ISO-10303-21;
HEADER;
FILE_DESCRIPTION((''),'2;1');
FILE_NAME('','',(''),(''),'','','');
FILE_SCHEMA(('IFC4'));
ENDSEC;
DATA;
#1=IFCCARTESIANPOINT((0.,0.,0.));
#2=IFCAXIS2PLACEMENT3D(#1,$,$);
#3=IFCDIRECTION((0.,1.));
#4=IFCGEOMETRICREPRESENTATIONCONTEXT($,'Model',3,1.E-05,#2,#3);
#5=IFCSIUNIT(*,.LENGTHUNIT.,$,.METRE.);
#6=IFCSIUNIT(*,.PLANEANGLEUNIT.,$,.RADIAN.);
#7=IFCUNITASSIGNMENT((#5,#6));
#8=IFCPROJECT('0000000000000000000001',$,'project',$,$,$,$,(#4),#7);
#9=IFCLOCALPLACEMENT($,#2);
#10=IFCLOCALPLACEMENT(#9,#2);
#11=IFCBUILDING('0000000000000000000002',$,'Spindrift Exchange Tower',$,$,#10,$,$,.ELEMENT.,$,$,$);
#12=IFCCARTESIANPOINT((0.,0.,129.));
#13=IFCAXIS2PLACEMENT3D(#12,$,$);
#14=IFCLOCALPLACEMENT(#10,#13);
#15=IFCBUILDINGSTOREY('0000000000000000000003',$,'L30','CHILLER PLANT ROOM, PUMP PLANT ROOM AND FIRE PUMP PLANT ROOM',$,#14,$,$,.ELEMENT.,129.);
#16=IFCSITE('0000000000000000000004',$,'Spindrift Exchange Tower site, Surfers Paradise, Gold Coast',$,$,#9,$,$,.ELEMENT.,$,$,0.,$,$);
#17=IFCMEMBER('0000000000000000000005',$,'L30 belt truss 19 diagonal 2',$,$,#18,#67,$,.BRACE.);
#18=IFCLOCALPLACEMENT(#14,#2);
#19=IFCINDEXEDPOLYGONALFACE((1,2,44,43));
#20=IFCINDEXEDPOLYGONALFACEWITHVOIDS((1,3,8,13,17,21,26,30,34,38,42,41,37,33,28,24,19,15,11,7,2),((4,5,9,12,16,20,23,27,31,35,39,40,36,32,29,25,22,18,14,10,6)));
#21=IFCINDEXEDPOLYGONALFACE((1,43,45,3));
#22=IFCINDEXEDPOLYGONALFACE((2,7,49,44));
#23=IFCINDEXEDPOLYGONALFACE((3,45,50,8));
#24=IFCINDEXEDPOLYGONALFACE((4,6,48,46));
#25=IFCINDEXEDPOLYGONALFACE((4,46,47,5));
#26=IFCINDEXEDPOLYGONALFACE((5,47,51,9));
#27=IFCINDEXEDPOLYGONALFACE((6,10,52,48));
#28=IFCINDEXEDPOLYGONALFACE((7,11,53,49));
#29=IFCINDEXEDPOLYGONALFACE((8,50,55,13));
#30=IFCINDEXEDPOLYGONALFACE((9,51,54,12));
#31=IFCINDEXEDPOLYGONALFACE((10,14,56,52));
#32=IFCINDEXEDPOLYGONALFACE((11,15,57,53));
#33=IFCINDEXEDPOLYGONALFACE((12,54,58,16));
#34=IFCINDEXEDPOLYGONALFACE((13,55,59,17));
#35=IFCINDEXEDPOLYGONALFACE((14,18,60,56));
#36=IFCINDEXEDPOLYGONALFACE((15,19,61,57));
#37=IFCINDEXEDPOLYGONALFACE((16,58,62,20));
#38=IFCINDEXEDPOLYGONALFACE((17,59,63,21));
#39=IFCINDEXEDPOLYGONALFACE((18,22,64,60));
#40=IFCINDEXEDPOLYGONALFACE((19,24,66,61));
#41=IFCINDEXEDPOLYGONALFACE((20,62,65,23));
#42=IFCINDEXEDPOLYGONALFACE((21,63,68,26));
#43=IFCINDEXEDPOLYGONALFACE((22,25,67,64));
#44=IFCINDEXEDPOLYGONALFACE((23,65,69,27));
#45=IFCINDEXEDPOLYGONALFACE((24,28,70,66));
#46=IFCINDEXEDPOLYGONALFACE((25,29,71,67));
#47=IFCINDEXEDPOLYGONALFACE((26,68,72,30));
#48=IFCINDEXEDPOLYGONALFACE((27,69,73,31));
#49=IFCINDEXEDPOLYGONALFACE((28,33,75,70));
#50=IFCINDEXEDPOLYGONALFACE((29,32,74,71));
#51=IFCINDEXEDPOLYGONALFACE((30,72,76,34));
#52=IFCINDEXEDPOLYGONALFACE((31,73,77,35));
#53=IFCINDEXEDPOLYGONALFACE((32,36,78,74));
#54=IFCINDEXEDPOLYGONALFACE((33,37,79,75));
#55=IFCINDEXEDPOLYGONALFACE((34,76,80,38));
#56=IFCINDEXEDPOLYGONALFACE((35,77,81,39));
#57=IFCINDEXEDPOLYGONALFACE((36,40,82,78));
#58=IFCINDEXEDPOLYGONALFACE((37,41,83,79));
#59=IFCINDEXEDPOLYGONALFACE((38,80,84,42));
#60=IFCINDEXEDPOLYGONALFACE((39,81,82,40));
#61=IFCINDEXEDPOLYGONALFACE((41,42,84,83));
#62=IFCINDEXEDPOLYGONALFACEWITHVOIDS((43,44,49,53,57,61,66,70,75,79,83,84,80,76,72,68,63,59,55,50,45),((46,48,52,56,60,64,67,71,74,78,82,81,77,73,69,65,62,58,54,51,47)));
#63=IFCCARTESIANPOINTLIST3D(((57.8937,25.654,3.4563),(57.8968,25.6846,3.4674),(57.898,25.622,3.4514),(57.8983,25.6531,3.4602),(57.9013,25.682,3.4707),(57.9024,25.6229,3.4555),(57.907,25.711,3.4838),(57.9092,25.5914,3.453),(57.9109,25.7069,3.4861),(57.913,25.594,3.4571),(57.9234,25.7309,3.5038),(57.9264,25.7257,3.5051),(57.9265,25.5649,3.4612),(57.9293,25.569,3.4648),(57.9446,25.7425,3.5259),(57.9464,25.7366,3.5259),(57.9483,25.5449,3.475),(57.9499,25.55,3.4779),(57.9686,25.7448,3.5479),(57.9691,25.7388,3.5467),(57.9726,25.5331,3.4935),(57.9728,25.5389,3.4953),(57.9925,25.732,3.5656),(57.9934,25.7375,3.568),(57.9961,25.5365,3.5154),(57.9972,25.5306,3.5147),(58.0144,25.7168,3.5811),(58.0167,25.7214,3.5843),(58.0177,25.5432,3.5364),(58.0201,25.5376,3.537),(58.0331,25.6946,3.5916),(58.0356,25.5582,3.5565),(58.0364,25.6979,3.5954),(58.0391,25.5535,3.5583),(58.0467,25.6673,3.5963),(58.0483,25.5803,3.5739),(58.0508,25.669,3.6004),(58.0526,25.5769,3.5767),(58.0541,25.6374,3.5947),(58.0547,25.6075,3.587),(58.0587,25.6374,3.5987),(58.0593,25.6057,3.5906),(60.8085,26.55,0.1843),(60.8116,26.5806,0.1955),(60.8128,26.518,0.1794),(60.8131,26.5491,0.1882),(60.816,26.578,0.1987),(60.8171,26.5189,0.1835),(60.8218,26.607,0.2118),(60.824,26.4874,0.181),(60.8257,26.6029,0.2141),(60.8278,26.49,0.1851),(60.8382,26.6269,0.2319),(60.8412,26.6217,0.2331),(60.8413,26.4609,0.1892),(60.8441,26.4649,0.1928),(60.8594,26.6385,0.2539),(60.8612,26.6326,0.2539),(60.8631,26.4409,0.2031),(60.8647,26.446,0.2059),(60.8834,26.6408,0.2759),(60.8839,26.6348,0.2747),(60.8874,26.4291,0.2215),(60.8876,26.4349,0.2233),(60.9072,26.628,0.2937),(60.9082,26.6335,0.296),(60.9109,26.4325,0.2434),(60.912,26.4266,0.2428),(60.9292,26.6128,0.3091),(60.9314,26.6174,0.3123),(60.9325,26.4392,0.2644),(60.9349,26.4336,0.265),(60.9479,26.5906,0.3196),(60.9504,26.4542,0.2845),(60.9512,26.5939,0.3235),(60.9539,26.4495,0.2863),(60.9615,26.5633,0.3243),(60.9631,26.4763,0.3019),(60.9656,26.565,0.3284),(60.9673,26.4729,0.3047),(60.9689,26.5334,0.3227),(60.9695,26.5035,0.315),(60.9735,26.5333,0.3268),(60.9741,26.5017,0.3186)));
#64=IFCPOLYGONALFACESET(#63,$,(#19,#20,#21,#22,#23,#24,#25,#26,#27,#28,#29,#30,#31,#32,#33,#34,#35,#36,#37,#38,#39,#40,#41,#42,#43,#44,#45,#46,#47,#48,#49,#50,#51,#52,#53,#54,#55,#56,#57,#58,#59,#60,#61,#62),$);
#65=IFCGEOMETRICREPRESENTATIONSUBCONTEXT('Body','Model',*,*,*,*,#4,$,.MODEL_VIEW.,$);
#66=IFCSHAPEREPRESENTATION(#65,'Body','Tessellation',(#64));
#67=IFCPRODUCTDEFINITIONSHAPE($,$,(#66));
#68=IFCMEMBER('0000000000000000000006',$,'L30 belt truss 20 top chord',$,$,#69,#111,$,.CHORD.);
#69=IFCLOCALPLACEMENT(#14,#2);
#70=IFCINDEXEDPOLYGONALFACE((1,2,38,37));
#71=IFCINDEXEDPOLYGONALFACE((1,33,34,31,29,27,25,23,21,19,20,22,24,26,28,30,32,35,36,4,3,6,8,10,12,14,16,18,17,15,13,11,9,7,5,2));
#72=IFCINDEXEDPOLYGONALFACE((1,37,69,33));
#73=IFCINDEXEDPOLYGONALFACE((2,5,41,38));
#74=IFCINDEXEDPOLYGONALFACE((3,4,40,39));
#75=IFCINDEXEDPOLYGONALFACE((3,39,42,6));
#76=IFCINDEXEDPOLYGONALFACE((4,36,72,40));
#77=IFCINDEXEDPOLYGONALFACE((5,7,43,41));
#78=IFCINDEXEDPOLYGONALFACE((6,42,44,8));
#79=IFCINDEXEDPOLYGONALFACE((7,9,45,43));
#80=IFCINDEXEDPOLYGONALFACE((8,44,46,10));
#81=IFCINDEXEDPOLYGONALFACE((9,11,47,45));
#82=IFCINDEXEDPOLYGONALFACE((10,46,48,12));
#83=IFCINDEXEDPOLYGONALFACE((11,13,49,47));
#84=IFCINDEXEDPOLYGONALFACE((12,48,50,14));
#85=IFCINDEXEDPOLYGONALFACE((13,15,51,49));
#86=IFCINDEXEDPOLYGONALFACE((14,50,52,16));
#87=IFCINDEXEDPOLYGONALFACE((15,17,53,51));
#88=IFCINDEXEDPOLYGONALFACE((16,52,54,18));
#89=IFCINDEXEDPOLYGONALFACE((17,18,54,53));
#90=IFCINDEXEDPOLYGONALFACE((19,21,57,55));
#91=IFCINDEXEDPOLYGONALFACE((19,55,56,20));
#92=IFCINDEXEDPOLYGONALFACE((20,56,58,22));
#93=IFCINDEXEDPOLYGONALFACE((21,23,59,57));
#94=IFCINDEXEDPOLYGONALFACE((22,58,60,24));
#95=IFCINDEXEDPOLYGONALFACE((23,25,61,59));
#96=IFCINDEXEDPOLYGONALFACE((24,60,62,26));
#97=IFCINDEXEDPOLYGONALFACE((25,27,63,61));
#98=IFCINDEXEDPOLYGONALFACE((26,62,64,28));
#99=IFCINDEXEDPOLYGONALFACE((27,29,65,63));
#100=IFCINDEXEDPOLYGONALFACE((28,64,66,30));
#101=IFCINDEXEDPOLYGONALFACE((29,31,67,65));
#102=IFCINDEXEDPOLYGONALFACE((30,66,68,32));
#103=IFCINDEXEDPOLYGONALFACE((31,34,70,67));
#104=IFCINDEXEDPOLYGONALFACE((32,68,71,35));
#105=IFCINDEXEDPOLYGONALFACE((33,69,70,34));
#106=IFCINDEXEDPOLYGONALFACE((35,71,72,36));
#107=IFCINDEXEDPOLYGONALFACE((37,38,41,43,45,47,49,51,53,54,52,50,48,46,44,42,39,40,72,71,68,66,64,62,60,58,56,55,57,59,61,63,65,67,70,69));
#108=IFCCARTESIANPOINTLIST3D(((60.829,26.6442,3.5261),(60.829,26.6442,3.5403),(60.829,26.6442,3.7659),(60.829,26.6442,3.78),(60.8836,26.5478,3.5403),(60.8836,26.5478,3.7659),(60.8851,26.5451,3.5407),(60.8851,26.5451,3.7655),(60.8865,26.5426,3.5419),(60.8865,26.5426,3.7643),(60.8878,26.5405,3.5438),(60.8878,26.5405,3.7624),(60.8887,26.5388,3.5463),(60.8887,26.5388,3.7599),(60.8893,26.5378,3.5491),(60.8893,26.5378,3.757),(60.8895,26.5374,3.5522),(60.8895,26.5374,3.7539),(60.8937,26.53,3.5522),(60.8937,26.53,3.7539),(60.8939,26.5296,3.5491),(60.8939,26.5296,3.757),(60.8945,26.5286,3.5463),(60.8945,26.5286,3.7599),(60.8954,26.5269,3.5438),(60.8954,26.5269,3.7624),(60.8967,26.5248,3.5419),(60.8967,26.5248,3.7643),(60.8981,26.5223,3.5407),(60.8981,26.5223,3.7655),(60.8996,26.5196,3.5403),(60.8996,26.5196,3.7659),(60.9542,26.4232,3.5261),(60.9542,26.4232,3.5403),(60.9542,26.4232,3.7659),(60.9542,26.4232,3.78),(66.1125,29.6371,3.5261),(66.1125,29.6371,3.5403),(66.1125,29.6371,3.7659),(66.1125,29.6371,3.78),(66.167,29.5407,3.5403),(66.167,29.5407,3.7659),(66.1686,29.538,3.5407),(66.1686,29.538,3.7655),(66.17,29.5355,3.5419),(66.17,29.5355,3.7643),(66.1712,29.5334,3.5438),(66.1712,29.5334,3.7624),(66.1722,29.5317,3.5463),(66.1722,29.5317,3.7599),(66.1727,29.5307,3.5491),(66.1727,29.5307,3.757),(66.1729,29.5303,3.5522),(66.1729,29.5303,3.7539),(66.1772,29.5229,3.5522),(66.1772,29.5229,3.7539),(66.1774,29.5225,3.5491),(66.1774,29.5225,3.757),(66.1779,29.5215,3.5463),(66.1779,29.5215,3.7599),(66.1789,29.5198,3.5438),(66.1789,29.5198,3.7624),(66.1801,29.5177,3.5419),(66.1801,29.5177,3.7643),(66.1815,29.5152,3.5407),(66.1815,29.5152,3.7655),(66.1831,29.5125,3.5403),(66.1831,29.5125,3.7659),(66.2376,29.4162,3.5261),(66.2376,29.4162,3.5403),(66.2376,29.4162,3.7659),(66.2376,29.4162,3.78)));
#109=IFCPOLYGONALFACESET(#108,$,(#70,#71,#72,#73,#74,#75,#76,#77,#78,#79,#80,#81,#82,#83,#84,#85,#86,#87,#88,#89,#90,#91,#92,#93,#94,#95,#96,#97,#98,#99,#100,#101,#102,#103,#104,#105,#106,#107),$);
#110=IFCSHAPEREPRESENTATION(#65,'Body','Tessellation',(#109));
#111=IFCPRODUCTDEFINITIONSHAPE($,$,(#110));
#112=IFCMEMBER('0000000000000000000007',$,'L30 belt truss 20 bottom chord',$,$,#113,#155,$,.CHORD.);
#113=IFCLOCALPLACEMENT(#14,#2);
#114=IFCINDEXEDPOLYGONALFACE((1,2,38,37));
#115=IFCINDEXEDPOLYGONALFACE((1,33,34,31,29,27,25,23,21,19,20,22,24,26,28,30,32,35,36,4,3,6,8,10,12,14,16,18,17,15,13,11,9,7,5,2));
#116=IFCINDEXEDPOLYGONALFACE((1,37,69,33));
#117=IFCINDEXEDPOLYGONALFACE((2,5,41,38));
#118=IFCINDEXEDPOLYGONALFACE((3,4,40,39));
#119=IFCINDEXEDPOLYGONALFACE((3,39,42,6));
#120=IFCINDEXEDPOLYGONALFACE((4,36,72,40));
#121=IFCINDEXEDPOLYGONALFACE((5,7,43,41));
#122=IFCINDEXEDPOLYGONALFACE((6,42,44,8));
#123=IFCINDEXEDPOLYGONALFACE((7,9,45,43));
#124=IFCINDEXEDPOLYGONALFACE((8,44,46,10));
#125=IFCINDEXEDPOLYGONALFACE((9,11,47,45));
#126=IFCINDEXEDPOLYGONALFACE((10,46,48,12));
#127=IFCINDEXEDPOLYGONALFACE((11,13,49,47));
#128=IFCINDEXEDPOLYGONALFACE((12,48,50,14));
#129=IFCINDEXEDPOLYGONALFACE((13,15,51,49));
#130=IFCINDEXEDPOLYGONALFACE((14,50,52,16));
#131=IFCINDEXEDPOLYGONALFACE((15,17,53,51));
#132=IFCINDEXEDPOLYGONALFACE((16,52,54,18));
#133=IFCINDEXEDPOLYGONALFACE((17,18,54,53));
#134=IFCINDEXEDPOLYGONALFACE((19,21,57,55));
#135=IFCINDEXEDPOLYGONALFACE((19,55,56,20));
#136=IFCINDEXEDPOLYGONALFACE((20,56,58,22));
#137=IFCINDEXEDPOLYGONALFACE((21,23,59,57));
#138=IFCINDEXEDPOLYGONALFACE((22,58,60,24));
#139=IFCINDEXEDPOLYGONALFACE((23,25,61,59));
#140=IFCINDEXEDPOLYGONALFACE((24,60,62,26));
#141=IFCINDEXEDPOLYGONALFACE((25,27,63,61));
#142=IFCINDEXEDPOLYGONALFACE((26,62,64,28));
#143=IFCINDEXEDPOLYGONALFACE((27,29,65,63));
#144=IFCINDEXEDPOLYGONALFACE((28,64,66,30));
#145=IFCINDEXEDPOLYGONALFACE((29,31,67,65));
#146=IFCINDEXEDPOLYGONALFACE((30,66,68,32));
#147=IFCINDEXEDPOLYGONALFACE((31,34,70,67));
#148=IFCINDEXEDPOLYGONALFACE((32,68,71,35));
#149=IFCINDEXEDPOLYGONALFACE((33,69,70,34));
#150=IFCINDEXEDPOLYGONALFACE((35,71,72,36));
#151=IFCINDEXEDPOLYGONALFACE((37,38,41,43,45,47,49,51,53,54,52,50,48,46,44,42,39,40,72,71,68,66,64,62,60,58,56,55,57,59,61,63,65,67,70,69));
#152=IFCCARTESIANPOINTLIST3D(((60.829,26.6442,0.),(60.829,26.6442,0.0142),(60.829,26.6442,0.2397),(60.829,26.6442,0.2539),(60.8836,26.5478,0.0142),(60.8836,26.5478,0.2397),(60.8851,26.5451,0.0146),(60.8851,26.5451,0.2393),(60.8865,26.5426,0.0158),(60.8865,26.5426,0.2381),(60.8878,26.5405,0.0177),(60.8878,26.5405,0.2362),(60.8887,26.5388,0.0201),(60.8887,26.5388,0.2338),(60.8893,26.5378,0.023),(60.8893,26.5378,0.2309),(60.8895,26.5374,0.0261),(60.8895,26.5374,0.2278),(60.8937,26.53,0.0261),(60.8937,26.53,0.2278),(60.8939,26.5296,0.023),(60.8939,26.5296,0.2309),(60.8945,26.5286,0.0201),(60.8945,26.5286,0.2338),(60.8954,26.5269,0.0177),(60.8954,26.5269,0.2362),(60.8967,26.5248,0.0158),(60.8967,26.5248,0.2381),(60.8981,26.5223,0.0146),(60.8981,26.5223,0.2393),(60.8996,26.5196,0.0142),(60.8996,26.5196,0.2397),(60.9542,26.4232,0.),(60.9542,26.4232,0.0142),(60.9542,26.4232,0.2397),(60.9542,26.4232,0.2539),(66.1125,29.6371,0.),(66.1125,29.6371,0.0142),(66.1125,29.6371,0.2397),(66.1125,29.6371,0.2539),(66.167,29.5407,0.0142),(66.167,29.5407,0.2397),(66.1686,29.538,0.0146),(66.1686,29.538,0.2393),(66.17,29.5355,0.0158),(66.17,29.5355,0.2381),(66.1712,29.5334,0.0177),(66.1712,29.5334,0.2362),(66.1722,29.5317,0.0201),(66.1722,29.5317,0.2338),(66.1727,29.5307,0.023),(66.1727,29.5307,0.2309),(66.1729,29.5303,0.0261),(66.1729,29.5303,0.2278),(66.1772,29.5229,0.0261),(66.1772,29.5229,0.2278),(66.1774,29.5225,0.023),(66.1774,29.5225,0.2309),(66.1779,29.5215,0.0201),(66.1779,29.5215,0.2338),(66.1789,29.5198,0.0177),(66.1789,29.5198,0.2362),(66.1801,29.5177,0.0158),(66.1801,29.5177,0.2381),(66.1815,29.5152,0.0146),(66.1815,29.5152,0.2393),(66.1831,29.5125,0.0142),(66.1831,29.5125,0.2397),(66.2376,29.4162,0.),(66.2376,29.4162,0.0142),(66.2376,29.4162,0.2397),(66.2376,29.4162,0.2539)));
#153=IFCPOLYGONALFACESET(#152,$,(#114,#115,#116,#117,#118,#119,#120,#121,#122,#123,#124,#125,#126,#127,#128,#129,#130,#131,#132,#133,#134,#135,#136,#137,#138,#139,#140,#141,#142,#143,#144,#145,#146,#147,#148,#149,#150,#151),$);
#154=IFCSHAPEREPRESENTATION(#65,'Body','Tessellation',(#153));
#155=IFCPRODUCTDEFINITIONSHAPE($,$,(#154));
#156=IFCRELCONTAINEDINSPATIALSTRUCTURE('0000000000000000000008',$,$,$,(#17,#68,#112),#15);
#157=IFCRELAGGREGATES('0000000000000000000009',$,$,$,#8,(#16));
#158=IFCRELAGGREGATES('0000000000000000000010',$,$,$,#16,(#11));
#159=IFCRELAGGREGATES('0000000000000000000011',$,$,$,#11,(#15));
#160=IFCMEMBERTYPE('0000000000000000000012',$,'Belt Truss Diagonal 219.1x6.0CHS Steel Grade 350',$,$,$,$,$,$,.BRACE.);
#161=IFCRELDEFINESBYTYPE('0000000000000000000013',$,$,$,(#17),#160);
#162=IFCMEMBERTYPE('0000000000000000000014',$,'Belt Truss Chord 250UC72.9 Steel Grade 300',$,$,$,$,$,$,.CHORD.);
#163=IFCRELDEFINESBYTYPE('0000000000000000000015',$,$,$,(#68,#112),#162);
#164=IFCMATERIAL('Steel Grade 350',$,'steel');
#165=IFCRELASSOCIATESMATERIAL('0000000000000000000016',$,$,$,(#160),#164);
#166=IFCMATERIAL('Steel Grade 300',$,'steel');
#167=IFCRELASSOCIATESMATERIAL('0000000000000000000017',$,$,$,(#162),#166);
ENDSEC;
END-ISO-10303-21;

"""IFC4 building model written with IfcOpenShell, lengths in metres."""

from ifc_helpers import new_model, si_unit, direction, frame, origin, origin_2d, place, context, subcontext, project, spatial, hollow_circle, i_section, extrude, source, transform, mapped, material, material_profile, profile_set, type_object, element, save


model = new_model("IFC4")

# Units and contexts
model_context = context("Model", 3, precision=1e-05, world=origin(), true_north=direction((0.0, 1.0)))
body_context = subcontext(model_context, "Body", "Model", "MODEL_VIEW")
ifc_project = project(units=[si_unit("LENGTHUNIT", "METRE"), si_unit("PLANEANGLEUNIT", "RADIAN")], contexts=[model_context])

# Site, building, storey
site_placement = place(None, origin())
site = spatial("IfcSite", under=ifc_project, at=site_placement, Name="Spindrift Exchange Tower site, Surfers Paradise, Gold Coast", CompositionType="ELEMENT", RefElevation=0.0)
building_placement = place(site_placement, origin())
building = spatial("IfcBuilding", under=site, at=building_placement, Name="Spindrift Exchange Tower", CompositionType="ELEMENT")
storey_placement = place(building_placement, frame((0.0, 0.0, 129.0)))
storey = spatial("IfcBuildingStorey", under=building, at=storey_placement, Name="L30", Description="CHILLER PLANT ROOM, PUMP PLANT ROOM AND FIRE PUMP PLANT ROOM", CompositionType="ELEMENT", Elevation=129.0)

# Shared definitions
ifc_material_1 = material(Name="Steel Grade 300", Category="steel")

# Members
ifc_material_2 = material(Name="Steel Grade 350", Category="steel")
ifc_material_profile_1 = material_profile(ifc_material_2, hollow_circle(Radius=0.1096, WallThickness=0.0061, at=origin_2d()), Name="219.1x6.0CHS")
ifc_profile_set_1 = profile_set([ifc_material_profile_1], Name="Steel Grade 350")
member_type_1 = type_object("IfcMemberType", Name="Belt Truss Diagonal 219.1x6.0CHS Steel Grade 350", PredefinedType="BRACE", material=ifc_profile_set_1)
shared_shape_1 = source(origin(), body_context, "Body", "SweptSolid", [
    extrude(hollow_circle(Radius=0.1096, WallThickness=0.0061, at=origin_2d()), origin(), (0.0, 0.0, 1.0), 4.4727),
])
member_1_placement = place(storey_placement, frame((57.9768, 25.6377, 3.5259), z_axis=(0.651692, 0.200328, -0.73155), x_axis=(-0.293827, 0.955859, 0.0)))
element("IfcMember", 1, at=member_1_placement, inside=storey, type_object=member_type_1, Name="L30 belt truss 19 diagonal 2", PredefinedType="BRACE", context=body_context, shape_type="MappedRepresentation", body=[
    mapped(shared_shape_1, transform((0.0, 0.0, 0.0), scale=1.0)),
])
ifc_material_profile_2 = material_profile(ifc_material_1, i_section(OverallWidth=0.2539, OverallDepth=0.2539, WebThickness=0.0085, FlangeThickness=0.0142, FilletRadius=0.012, at=origin_2d()), Name="250UC72.9")
ifc_profile_set_2 = profile_set([ifc_material_profile_2], Name="Steel Grade 300")
member_type_2 = type_object("IfcMemberType", Name="Belt Truss Chord 250UC72.9 Steel Grade 300", PredefinedType="CHORD", material=ifc_profile_set_2)
shared_shape_2 = source(origin(), body_context, "Body", "SweptSolid", [
    extrude(i_section(OverallWidth=0.2539, OverallDepth=0.2539, WebThickness=0.0085, FlangeThickness=0.0142, FilletRadius=0.012, at=origin_2d()), origin(), (0.0, 0.0, 1.0), 6.0723),
])
for number, where, z_axis, x_axis, name in (
    (2, (60.8916, 26.5337, 3.6531), (0.870095, 0.492884, 0.0), (-0.492884, 0.870095, 0.0), "L30 belt truss 20 top chord"),
    (3, (60.8916, 26.5337, 0.127), (0.870095, 0.492884, 0.0), (-0.492884, 0.870095, 0.0), "L30 belt truss 20 bottom chord"),
):
    element("IfcMember", number, at=place(storey_placement, frame(where, z_axis=z_axis, x_axis=x_axis)), inside=storey, type_object=member_type_2, Name=name, PredefinedType="CHORD", context=body_context, shape_type="MappedRepresentation", body=[
        mapped(shared_shape_2, transform((0.0, 0.0, 0.0), scale=1.0)),
    ])

save(model, "model.ifc")
